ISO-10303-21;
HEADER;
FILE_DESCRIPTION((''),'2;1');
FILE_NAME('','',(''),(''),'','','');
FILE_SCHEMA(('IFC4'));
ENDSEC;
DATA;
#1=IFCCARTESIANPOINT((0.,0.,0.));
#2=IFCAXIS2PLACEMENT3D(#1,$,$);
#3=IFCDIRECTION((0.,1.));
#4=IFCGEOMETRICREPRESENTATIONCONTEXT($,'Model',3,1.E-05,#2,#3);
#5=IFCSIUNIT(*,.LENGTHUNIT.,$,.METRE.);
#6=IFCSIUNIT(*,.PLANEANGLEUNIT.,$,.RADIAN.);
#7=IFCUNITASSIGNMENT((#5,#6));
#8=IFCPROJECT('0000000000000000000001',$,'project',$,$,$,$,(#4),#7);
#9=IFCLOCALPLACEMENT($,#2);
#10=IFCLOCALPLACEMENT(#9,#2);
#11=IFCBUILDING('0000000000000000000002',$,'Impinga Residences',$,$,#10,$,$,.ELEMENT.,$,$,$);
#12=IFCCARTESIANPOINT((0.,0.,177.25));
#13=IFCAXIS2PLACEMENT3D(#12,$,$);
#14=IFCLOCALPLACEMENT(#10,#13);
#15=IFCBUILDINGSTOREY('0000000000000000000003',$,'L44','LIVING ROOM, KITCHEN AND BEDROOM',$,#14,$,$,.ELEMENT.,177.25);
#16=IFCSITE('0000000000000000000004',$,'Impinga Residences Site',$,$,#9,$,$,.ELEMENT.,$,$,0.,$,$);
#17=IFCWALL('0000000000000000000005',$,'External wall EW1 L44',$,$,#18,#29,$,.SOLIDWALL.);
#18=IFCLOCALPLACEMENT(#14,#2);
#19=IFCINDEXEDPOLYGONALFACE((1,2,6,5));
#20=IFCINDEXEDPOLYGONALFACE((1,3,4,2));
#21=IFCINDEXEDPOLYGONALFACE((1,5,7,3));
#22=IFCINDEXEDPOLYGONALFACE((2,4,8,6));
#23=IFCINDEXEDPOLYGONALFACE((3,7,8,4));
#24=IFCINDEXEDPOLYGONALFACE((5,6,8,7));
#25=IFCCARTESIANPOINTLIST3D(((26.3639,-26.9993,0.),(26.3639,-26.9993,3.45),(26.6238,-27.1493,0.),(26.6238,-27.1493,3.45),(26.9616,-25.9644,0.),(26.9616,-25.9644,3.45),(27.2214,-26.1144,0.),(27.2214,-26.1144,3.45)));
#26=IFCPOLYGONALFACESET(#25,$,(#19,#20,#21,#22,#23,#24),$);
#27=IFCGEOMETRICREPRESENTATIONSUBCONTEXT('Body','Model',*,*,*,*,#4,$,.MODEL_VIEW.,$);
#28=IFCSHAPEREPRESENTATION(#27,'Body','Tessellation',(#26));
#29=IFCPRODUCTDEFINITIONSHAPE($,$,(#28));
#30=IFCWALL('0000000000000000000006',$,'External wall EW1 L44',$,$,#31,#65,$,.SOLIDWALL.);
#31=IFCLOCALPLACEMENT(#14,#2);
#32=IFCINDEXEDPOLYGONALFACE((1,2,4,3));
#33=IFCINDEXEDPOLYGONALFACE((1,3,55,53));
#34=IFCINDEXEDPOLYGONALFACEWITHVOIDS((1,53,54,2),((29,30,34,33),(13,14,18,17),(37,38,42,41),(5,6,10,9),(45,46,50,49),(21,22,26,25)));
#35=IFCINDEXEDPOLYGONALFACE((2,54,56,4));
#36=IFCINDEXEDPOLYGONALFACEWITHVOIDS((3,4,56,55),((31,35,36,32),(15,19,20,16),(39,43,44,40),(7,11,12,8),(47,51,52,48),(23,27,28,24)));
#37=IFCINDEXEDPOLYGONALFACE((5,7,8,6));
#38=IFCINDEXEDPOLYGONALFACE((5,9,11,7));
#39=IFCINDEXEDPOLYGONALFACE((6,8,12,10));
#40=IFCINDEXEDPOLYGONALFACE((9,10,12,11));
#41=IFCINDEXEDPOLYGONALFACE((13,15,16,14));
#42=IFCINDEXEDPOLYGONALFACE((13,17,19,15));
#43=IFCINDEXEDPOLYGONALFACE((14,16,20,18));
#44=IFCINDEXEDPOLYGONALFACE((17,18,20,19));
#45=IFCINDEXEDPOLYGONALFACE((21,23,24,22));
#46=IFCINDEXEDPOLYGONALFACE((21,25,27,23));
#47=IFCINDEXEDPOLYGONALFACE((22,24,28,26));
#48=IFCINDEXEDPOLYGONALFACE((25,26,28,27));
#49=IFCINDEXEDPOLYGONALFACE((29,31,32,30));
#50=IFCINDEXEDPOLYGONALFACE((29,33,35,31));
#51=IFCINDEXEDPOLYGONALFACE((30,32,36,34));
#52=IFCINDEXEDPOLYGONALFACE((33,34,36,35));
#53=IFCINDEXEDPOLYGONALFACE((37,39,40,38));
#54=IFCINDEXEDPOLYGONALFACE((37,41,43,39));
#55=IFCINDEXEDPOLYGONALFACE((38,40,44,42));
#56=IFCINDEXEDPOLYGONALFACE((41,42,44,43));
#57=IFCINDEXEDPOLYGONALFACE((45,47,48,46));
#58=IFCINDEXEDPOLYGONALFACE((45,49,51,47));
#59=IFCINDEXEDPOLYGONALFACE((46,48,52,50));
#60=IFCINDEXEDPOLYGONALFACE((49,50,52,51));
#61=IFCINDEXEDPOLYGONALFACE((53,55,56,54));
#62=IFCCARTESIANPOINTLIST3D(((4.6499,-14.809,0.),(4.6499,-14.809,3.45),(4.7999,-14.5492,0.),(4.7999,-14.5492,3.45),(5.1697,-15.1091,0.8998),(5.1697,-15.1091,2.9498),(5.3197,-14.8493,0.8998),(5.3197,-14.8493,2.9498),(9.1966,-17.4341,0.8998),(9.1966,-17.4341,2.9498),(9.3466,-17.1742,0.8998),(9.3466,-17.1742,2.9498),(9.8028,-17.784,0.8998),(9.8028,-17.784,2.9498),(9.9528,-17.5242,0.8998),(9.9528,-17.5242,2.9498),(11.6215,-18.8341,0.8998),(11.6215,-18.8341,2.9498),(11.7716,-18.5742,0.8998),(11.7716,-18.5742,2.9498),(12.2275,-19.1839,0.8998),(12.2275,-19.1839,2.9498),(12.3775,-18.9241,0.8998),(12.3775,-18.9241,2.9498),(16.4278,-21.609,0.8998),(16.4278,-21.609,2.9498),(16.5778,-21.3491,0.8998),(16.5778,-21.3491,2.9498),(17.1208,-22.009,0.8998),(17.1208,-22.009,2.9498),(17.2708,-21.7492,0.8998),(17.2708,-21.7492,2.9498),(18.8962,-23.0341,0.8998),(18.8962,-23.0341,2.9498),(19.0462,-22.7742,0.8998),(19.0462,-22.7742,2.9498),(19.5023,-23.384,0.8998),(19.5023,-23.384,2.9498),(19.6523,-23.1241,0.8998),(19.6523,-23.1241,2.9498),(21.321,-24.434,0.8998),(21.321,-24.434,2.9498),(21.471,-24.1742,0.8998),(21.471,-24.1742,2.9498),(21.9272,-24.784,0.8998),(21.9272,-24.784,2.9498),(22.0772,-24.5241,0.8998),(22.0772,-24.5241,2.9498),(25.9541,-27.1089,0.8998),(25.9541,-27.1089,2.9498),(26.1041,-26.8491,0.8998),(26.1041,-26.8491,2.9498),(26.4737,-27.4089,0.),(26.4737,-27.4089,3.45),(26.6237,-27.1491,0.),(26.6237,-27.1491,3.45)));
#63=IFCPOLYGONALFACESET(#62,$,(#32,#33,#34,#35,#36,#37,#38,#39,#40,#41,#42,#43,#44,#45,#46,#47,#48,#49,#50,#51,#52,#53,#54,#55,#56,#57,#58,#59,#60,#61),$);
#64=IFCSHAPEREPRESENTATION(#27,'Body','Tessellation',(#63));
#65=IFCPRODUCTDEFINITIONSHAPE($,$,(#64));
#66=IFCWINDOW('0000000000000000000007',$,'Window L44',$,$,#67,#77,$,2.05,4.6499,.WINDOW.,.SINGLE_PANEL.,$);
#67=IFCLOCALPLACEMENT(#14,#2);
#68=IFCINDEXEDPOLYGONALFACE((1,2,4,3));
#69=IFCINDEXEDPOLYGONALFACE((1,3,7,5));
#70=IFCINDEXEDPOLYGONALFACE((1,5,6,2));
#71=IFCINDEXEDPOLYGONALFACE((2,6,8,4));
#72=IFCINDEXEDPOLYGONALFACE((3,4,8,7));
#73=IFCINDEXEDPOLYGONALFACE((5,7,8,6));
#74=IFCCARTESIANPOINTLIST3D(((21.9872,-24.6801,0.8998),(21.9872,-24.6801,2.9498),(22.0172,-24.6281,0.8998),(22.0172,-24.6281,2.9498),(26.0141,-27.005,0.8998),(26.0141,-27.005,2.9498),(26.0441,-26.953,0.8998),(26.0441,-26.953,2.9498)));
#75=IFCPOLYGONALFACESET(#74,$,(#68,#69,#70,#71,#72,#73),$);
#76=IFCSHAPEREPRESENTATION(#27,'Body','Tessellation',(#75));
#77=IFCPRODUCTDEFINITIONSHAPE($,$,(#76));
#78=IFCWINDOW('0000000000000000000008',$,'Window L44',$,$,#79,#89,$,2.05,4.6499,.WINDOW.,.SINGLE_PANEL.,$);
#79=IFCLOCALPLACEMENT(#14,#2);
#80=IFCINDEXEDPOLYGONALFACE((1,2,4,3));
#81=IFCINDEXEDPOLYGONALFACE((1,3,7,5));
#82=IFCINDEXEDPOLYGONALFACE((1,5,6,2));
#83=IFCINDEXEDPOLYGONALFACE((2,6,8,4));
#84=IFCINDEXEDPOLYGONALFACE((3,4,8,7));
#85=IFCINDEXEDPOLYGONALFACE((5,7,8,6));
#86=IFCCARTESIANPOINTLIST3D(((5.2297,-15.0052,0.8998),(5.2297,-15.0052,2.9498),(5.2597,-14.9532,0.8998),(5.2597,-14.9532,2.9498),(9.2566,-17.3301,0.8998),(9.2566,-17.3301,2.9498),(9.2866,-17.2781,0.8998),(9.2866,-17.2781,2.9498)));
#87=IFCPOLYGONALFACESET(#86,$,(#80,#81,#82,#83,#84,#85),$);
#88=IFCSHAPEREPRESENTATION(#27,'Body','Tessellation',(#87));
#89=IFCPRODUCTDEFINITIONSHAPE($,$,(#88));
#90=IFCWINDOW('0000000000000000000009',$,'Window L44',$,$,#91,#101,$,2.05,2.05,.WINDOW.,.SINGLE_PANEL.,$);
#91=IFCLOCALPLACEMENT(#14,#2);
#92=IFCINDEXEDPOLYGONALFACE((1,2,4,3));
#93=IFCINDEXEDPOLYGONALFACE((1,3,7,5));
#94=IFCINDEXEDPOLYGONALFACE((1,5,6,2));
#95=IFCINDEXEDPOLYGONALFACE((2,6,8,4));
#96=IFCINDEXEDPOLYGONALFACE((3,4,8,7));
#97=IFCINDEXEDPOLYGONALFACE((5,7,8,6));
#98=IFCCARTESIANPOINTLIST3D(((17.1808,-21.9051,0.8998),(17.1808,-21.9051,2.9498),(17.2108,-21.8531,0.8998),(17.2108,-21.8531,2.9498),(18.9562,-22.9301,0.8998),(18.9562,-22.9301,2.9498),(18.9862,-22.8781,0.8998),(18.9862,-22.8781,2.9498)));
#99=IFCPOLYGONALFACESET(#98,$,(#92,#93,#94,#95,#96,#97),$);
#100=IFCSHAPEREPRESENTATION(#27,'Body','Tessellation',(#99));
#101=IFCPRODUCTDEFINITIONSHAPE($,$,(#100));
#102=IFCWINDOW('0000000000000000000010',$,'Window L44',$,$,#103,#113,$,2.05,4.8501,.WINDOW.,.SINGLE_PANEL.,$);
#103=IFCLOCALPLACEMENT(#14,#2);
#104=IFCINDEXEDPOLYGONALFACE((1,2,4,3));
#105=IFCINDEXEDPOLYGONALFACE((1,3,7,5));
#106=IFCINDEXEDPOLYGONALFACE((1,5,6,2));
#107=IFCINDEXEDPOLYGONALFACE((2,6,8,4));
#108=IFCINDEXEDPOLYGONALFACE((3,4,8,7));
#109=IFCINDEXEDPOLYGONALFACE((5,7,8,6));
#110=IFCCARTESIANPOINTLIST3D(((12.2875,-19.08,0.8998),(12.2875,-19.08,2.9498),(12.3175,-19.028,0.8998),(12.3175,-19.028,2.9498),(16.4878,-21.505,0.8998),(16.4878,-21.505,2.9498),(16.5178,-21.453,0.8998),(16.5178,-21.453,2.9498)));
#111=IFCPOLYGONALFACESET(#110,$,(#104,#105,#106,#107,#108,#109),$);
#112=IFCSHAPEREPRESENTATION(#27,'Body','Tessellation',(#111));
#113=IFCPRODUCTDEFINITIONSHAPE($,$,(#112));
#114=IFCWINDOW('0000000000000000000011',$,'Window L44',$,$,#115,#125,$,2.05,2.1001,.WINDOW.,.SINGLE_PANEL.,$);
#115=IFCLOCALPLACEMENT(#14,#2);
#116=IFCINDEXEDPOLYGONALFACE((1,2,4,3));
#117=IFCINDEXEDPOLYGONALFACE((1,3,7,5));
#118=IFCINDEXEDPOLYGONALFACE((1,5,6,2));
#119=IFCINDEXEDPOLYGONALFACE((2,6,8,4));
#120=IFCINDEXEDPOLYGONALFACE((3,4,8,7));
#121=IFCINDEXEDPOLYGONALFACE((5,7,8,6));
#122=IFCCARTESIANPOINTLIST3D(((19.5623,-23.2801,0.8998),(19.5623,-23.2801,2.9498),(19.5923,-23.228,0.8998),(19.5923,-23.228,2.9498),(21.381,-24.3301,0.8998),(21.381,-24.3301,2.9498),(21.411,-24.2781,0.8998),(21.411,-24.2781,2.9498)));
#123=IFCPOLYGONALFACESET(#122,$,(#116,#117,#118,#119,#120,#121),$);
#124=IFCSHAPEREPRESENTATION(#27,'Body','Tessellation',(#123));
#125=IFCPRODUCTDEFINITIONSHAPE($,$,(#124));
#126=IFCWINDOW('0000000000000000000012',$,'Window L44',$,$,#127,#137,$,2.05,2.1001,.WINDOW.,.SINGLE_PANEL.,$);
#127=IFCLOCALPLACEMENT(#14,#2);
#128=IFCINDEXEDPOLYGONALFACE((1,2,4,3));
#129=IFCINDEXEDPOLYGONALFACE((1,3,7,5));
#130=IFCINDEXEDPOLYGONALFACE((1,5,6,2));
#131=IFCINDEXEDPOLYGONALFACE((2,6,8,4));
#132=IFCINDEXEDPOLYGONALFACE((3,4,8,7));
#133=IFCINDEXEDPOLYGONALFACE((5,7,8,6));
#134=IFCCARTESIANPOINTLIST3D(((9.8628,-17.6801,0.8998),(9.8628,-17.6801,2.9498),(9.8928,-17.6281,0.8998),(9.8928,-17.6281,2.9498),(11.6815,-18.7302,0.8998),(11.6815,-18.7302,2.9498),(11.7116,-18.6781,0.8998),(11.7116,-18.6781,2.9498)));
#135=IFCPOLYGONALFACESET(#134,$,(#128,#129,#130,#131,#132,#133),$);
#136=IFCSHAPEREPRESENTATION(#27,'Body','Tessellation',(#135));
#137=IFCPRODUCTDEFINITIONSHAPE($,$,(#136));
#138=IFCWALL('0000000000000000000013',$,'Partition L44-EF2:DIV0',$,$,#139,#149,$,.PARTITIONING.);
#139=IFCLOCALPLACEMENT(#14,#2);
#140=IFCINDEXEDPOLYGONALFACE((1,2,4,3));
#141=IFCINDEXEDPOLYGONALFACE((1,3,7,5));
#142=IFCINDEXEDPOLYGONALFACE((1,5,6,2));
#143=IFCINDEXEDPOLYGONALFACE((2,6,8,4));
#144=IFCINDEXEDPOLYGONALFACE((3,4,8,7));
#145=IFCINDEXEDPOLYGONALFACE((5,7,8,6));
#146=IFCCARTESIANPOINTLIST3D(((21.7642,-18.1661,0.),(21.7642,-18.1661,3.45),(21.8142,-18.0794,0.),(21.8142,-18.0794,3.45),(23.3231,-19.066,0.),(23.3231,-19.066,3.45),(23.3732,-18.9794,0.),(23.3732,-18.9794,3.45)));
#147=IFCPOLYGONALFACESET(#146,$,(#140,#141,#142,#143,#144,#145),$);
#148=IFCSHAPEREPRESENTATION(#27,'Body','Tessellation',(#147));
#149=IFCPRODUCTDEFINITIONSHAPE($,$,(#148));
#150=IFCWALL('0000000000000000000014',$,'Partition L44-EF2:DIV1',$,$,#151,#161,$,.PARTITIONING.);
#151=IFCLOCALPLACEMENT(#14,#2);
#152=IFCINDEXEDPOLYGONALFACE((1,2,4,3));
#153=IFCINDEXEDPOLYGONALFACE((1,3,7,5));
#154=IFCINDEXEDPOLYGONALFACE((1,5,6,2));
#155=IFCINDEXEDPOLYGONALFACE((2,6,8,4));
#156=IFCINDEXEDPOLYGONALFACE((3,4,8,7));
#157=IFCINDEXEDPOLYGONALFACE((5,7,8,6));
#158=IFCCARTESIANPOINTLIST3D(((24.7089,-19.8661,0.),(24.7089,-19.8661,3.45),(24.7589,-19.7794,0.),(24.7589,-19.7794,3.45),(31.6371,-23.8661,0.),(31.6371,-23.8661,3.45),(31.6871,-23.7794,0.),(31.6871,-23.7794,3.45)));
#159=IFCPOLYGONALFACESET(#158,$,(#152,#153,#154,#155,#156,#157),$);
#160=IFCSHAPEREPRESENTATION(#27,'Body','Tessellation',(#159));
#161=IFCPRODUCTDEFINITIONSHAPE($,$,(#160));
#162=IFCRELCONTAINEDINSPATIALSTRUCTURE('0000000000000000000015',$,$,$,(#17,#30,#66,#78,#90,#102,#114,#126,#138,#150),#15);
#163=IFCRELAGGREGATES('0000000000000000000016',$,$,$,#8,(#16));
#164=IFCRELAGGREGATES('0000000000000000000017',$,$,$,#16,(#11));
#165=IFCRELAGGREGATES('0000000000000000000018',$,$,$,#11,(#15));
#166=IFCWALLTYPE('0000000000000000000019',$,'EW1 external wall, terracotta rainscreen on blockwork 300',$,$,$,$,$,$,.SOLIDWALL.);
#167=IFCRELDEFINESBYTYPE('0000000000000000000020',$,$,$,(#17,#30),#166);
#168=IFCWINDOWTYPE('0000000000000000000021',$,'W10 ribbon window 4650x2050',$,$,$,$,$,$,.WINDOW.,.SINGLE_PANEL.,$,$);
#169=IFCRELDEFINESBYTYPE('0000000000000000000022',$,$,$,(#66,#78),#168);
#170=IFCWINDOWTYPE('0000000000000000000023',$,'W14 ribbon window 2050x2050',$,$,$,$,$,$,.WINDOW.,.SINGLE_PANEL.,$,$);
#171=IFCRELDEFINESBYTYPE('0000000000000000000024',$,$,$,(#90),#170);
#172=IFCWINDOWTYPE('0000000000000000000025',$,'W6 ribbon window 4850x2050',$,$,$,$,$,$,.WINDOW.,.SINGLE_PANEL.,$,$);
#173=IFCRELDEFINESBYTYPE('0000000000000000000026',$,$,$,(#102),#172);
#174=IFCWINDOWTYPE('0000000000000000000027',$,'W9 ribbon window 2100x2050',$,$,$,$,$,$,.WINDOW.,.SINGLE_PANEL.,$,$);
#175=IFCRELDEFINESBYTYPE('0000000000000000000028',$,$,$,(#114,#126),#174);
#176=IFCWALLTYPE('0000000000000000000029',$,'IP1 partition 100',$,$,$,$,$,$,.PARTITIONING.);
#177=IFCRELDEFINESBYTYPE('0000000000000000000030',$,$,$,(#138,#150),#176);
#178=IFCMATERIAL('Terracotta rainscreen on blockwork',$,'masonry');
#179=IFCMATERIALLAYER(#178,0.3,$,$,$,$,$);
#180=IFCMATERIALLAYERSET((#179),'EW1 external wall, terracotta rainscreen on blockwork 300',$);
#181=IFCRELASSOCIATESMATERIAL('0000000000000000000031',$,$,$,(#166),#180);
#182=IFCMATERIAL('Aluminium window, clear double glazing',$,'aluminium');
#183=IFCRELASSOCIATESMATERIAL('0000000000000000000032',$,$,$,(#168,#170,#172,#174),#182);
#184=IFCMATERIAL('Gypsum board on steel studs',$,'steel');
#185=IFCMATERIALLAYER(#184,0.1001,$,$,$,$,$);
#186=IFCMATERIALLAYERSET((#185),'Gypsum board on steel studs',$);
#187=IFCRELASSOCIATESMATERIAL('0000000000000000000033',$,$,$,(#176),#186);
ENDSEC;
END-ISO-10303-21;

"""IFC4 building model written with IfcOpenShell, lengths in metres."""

from ifc_helpers import new_model, si_unit, direction, frame, frame_2d, origin, place, context, subcontext, project, spatial, rectangle, extrude, material, layer, layer_set, type_object, element, fill, save


model = new_model("IFC4")

# Units and contexts
model_context = context("Model", 3, precision=1e-05, world=origin(), true_north=direction((0.0, 1.0)))
body_context = subcontext(model_context, "Body", "Model", "MODEL_VIEW")
ifc_project = project(units=[si_unit("LENGTHUNIT", "METRE"), si_unit("PLANEANGLEUNIT", "RADIAN")], contexts=[model_context])

# Site, building, storey
site_placement = place(None, origin())
site = spatial("IfcSite", under=ifc_project, at=site_placement, Name="Impinga Residences Site", CompositionType="ELEMENT", RefElevation=0.0)
building_placement = place(site_placement, origin())
building = spatial("IfcBuilding", under=site, at=building_placement, Name="Impinga Residences", CompositionType="ELEMENT")
storey_placement = place(building_placement, frame((0.0, 0.0, 177.25)))
storey = spatial("IfcBuildingStorey", under=building, at=storey_placement, Name="L44", Description="LIVING ROOM, KITCHEN AND BEDROOM", CompositionType="ELEMENT", Elevation=177.25)

# Wall
ifc_material_1 = material(Name="Terracotta rainscreen on blockwork", Category="masonry")
ifc_layer_1 = layer(ifc_material_1, 0.3)
ifc_layer_set_1 = layer_set([ifc_layer_1], Name="EW1 external wall, terracotta rainscreen on blockwork 300")
wall_type_1 = type_object("IfcWallType", Name="EW1 external wall, terracotta rainscreen on blockwork 300", PredefinedType="SOLIDWALL", material=ifc_layer_set_1)
wall_1_placement = place(storey_placement, frame((27.0916, -26.0393, 0.0), z_axis=(0.0, 0.0, 1.0), x_axis=(-0.500094, -0.865971, 0.0)))
element("IfcWall", 1, at=wall_1_placement, inside=storey, type_object=wall_type_1, Name="External wall EW1 L44", PredefinedType="SOLIDWALL", context=body_context, shape_type="SweptSolid", body=[
    extrude(rectangle(XDim=1.1951, YDim=0.3, at=frame_2d((0.5977, 0.0))), origin(), (0.0, 0.0, 1.0), 3.45),
])

# Wall, openings, windows
wall_2_placement = place(storey_placement, frame((26.5488, -27.2791, 0.0), z_axis=(0.0, 0.0, 1.0), x_axis=(-0.866027, 0.499998, 0.0)))
wall_2 = element("IfcWall", 2, at=wall_2_placement, inside=storey, type_object=wall_type_1, Name="External wall EW1 L44", PredefinedType="SOLIDWALL", context=body_context, shape_type="SweptSolid", body=[
    extrude(rectangle(XDim=25.2, YDim=0.3, at=frame_2d((12.6001, 0.0))), origin(), (0.0, 0.0, 1.0), 3.45),
])
opening_1_placement = place(wall_2_placement, frame((0.6001, 0.0, 0.8999)))
opening_1 = element("IfcOpeningElement", 3, at=opening_1_placement, cuts=wall_2, PredefinedType="OPENING", context=body_context, shape_type="SweptSolid", body=[
    extrude(rectangle(XDim=4.6499, YDim=2.05, at=frame_2d((2.325, 1.0249))), frame((0.0, 0.1599, 0.0), z_axis=(0.0, -1.0, 0.0), x_axis=(1.0, 0.0, 0.0)), (0.0, 0.0, 1.0), 0.3201),
])
opening_2_placement = place(wall_2_placement, frame((5.95, 0.0, 0.8999)))
opening_2 = element("IfcOpeningElement", 4, at=opening_2_placement, cuts=wall_2, PredefinedType="OPENING", context=body_context, shape_type="SweptSolid", body=[
    extrude(rectangle(XDim=2.1001, YDim=2.05, at=frame_2d((1.05, 1.0249))), frame((0.0, 0.1599, 0.0), z_axis=(0.0, -1.0, 0.0), x_axis=(1.0, 0.0, 0.0)), (0.0, 0.0, 1.0), 0.3201),
])
opening_3_placement = place(wall_2_placement, frame((8.75, 0.0, 0.8999)))
opening_3 = element("IfcOpeningElement", 5, at=opening_3_placement, cuts=wall_2, PredefinedType="OPENING", context=body_context, shape_type="SweptSolid", body=[
    extrude(rectangle(XDim=2.05, YDim=2.05, at=frame_2d((1.0249, 1.0249))), frame((0.0, 0.1599, 0.0), z_axis=(0.0, -1.0, 0.0), x_axis=(1.0, 0.0, 0.0)), (0.0, 0.0, 1.0), 0.3201),
])
opening_4_placement = place(wall_2_placement, frame((11.6001, 0.0, 0.8999)))
opening_4 = element("IfcOpeningElement", 6, at=opening_4_placement, cuts=wall_2, PredefinedType="OPENING", context=body_context, shape_type="SweptSolid", body=[
    extrude(rectangle(XDim=4.8501, YDim=2.05, at=frame_2d((2.425, 1.0249))), frame((0.0, 0.1599, 0.0), z_axis=(0.0, -1.0, 0.0), x_axis=(1.0, 0.0, 0.0)), (0.0, 0.0, 1.0), 0.3201),
])
opening_5_placement = place(wall_2_placement, frame((17.1499, 0.0, 0.8999)))
opening_5 = element("IfcOpeningElement", 7, at=opening_5_placement, cuts=wall_2, PredefinedType="OPENING", context=body_context, shape_type="SweptSolid", body=[
    extrude(rectangle(XDim=2.1001, YDim=2.05, at=frame_2d((1.05, 1.0249))), frame((0.0, 0.1599, 0.0), z_axis=(0.0, -1.0, 0.0), x_axis=(1.0, 0.0, 0.0)), (0.0, 0.0, 1.0), 0.3201),
])
opening_6_placement = place(wall_2_placement, frame((19.95, 0.0, 0.8999)))
opening_6 = element("IfcOpeningElement", 8, at=opening_6_placement, cuts=wall_2, PredefinedType="OPENING", context=body_context, shape_type="SweptSolid", body=[
    extrude(rectangle(XDim=4.6499, YDim=2.05, at=frame_2d((2.325, 1.0249))), frame((0.0, 0.1599, 0.0), z_axis=(0.0, -1.0, 0.0), x_axis=(1.0, 0.0, 0.0)), (0.0, 0.0, 1.0), 0.3201),
])
ifc_material_2 = material(Name="Aluminium window, clear double glazing", Category="aluminium")
window_type_1 = type_object("IfcWindowType", Name="W10 ribbon window 4650x2050", PartitioningType="SINGLE_PANEL", PredefinedType="WINDOW", material=ifc_material_2)
window_1_placement = place(opening_1_placement, origin())
window_1 = element("IfcWindow", 9, at=window_1_placement, inside=storey, type_object=window_type_1, Name="Window L44", OverallHeight=2.05, OverallWidth=4.6499, PartitioningType="SINGLE_PANEL", PredefinedType="WINDOW", context=body_context, shape_type="SweptSolid", body=[
    extrude(rectangle(XDim=4.6499, YDim=2.05, at=frame_2d((2.325, 1.0249))), frame((0.0, 0.03, 0.0), z_axis=(0.0, -1.0, 0.0), x_axis=(1.0, 0.0, 0.0)), (0.0, 0.0, 1.0), 0.0601),
])
fill(opening_1, window_1)
window_2_placement = place(opening_6_placement, origin())
window_2 = element("IfcWindow", 10, at=window_2_placement, inside=storey, type_object=window_type_1, Name="Window L44", OverallHeight=2.05, OverallWidth=4.6499, PartitioningType="SINGLE_PANEL", PredefinedType="WINDOW", context=body_context, shape_type="SweptSolid", body=[
    extrude(rectangle(XDim=4.6499, YDim=2.05, at=frame_2d((2.325, 1.0249))), frame((0.0, 0.03, 0.0), z_axis=(0.0, -1.0, 0.0), x_axis=(1.0, 0.0, 0.0)), (0.0, 0.0, 1.0), 0.0601),
])
fill(opening_6, window_2)
window_type_2 = type_object("IfcWindowType", Name="W14 ribbon window 2050x2050", PartitioningType="SINGLE_PANEL", PredefinedType="WINDOW", material=ifc_material_2)
window_3_placement = place(opening_3_placement, origin())
window_3 = element("IfcWindow", 11, at=window_3_placement, inside=storey, type_object=window_type_2, Name="Window L44", OverallHeight=2.05, OverallWidth=2.05, PartitioningType="SINGLE_PANEL", PredefinedType="WINDOW", context=body_context, shape_type="SweptSolid", body=[
    extrude(rectangle(XDim=2.05, YDim=2.05, at=frame_2d((1.0249, 1.0249))), frame((0.0, 0.03, 0.0), z_axis=(0.0, -1.0, 0.0), x_axis=(1.0, 0.0, 0.0)), (0.0, 0.0, 1.0), 0.0601),
])
fill(opening_3, window_3)
window_type_3 = type_object("IfcWindowType", Name="W6 ribbon window 4850x2050", PartitioningType="SINGLE_PANEL", PredefinedType="WINDOW", material=ifc_material_2)
window_4_placement = place(opening_4_placement, origin())
window_4 = element("IfcWindow", 12, at=window_4_placement, inside=storey, type_object=window_type_3, Name="Window L44", OverallHeight=2.05, OverallWidth=4.8501, PartitioningType="SINGLE_PANEL", PredefinedType="WINDOW", context=body_context, shape_type="SweptSolid", body=[
    extrude(rectangle(XDim=4.8501, YDim=2.05, at=frame_2d((2.425, 1.0249))), frame((0.0, 0.03, 0.0), z_axis=(0.0, -1.0, 0.0), x_axis=(1.0, 0.0, 0.0)), (0.0, 0.0, 1.0), 0.0601),
])
fill(opening_4, window_4)
window_type_4 = type_object("IfcWindowType", Name="W9 ribbon window 2100x2050", PartitioningType="SINGLE_PANEL", PredefinedType="WINDOW", material=ifc_material_2)
window_5_placement = place(opening_2_placement, origin())
window_5 = element("IfcWindow", 13, at=window_5_placement, inside=storey, type_object=window_type_4, Name="Window L44", OverallHeight=2.05, OverallWidth=2.1001, PartitioningType="SINGLE_PANEL", PredefinedType="WINDOW", context=body_context, shape_type="SweptSolid", body=[
    extrude(rectangle(XDim=2.1001, YDim=2.05, at=frame_2d((1.05, 1.0249))), frame((0.0, 0.03, 0.0), z_axis=(0.0, -1.0, 0.0), x_axis=(1.0, 0.0, 0.0)), (0.0, 0.0, 1.0), 0.0601),
])
fill(opening_2, window_5)
window_6_placement = place(opening_5_placement, origin())
window_6 = element("IfcWindow", 14, at=window_6_placement, inside=storey, type_object=window_type_4, Name="Window L44", OverallHeight=2.05, OverallWidth=2.1001, PartitioningType="SINGLE_PANEL", PredefinedType="WINDOW", context=body_context, shape_type="SweptSolid", body=[
    extrude(rectangle(XDim=2.1001, YDim=2.05, at=frame_2d((1.05, 1.0249))), frame((0.0, 0.03, 0.0), z_axis=(0.0, -1.0, 0.0), x_axis=(1.0, 0.0, 0.0)), (0.0, 0.0, 1.0), 0.0601),
])
fill(opening_5, window_6)

# Walls
ifc_material_3 = material(Name="Gypsum board on steel studs", Category="steel")
ifc_layer_2 = layer(ifc_material_3, 0.1001)
ifc_layer_set_2 = layer_set([ifc_layer_2], Name="Gypsum board on steel studs")
wall_type_2 = type_object("IfcWallType", Name="IP1 partition 100", PredefinedType="PARTITIONING", material=ifc_layer_set_2)
wall_3_placement = place(storey_placement, frame((21.7893, -18.1228, 0.0), z_axis=(0.0, 0.0, 1.0), x_axis=(0.866048, -0.499961, 0.0)))
element("IfcWall", 15, at=wall_3_placement, inside=storey, type_object=wall_type_2, Name="Partition L44-EF2:DIV0", PredefinedType="PARTITIONING", context=body_context, shape_type="SweptSolid", body=[
    extrude(rectangle(XDim=1.8, YDim=0.1001, at=frame_2d((0.8999, 0.0))), origin(), (0.0, 0.0, 1.0), 3.45),
])
wall_4_placement = place(storey_placement, frame((24.7339, -19.8228, 0.0), z_axis=(0.0, 0.0, 1.0), x_axis=(0.866026, -0.499999, 0.0)))
element("IfcWall", 16, at=wall_4_placement, inside=storey, type_object=wall_type_2, Name="Partition L44-EF2:DIV1", PredefinedType="PARTITIONING", context=body_context, shape_type="SweptSolid", body=[
    extrude(rectangle(XDim=8.0, YDim=0.1001, at=frame_2d((4.0, 0.0))), origin(), (0.0, 0.0, 1.0), 3.45),
])

save(model, "model.ifc")
